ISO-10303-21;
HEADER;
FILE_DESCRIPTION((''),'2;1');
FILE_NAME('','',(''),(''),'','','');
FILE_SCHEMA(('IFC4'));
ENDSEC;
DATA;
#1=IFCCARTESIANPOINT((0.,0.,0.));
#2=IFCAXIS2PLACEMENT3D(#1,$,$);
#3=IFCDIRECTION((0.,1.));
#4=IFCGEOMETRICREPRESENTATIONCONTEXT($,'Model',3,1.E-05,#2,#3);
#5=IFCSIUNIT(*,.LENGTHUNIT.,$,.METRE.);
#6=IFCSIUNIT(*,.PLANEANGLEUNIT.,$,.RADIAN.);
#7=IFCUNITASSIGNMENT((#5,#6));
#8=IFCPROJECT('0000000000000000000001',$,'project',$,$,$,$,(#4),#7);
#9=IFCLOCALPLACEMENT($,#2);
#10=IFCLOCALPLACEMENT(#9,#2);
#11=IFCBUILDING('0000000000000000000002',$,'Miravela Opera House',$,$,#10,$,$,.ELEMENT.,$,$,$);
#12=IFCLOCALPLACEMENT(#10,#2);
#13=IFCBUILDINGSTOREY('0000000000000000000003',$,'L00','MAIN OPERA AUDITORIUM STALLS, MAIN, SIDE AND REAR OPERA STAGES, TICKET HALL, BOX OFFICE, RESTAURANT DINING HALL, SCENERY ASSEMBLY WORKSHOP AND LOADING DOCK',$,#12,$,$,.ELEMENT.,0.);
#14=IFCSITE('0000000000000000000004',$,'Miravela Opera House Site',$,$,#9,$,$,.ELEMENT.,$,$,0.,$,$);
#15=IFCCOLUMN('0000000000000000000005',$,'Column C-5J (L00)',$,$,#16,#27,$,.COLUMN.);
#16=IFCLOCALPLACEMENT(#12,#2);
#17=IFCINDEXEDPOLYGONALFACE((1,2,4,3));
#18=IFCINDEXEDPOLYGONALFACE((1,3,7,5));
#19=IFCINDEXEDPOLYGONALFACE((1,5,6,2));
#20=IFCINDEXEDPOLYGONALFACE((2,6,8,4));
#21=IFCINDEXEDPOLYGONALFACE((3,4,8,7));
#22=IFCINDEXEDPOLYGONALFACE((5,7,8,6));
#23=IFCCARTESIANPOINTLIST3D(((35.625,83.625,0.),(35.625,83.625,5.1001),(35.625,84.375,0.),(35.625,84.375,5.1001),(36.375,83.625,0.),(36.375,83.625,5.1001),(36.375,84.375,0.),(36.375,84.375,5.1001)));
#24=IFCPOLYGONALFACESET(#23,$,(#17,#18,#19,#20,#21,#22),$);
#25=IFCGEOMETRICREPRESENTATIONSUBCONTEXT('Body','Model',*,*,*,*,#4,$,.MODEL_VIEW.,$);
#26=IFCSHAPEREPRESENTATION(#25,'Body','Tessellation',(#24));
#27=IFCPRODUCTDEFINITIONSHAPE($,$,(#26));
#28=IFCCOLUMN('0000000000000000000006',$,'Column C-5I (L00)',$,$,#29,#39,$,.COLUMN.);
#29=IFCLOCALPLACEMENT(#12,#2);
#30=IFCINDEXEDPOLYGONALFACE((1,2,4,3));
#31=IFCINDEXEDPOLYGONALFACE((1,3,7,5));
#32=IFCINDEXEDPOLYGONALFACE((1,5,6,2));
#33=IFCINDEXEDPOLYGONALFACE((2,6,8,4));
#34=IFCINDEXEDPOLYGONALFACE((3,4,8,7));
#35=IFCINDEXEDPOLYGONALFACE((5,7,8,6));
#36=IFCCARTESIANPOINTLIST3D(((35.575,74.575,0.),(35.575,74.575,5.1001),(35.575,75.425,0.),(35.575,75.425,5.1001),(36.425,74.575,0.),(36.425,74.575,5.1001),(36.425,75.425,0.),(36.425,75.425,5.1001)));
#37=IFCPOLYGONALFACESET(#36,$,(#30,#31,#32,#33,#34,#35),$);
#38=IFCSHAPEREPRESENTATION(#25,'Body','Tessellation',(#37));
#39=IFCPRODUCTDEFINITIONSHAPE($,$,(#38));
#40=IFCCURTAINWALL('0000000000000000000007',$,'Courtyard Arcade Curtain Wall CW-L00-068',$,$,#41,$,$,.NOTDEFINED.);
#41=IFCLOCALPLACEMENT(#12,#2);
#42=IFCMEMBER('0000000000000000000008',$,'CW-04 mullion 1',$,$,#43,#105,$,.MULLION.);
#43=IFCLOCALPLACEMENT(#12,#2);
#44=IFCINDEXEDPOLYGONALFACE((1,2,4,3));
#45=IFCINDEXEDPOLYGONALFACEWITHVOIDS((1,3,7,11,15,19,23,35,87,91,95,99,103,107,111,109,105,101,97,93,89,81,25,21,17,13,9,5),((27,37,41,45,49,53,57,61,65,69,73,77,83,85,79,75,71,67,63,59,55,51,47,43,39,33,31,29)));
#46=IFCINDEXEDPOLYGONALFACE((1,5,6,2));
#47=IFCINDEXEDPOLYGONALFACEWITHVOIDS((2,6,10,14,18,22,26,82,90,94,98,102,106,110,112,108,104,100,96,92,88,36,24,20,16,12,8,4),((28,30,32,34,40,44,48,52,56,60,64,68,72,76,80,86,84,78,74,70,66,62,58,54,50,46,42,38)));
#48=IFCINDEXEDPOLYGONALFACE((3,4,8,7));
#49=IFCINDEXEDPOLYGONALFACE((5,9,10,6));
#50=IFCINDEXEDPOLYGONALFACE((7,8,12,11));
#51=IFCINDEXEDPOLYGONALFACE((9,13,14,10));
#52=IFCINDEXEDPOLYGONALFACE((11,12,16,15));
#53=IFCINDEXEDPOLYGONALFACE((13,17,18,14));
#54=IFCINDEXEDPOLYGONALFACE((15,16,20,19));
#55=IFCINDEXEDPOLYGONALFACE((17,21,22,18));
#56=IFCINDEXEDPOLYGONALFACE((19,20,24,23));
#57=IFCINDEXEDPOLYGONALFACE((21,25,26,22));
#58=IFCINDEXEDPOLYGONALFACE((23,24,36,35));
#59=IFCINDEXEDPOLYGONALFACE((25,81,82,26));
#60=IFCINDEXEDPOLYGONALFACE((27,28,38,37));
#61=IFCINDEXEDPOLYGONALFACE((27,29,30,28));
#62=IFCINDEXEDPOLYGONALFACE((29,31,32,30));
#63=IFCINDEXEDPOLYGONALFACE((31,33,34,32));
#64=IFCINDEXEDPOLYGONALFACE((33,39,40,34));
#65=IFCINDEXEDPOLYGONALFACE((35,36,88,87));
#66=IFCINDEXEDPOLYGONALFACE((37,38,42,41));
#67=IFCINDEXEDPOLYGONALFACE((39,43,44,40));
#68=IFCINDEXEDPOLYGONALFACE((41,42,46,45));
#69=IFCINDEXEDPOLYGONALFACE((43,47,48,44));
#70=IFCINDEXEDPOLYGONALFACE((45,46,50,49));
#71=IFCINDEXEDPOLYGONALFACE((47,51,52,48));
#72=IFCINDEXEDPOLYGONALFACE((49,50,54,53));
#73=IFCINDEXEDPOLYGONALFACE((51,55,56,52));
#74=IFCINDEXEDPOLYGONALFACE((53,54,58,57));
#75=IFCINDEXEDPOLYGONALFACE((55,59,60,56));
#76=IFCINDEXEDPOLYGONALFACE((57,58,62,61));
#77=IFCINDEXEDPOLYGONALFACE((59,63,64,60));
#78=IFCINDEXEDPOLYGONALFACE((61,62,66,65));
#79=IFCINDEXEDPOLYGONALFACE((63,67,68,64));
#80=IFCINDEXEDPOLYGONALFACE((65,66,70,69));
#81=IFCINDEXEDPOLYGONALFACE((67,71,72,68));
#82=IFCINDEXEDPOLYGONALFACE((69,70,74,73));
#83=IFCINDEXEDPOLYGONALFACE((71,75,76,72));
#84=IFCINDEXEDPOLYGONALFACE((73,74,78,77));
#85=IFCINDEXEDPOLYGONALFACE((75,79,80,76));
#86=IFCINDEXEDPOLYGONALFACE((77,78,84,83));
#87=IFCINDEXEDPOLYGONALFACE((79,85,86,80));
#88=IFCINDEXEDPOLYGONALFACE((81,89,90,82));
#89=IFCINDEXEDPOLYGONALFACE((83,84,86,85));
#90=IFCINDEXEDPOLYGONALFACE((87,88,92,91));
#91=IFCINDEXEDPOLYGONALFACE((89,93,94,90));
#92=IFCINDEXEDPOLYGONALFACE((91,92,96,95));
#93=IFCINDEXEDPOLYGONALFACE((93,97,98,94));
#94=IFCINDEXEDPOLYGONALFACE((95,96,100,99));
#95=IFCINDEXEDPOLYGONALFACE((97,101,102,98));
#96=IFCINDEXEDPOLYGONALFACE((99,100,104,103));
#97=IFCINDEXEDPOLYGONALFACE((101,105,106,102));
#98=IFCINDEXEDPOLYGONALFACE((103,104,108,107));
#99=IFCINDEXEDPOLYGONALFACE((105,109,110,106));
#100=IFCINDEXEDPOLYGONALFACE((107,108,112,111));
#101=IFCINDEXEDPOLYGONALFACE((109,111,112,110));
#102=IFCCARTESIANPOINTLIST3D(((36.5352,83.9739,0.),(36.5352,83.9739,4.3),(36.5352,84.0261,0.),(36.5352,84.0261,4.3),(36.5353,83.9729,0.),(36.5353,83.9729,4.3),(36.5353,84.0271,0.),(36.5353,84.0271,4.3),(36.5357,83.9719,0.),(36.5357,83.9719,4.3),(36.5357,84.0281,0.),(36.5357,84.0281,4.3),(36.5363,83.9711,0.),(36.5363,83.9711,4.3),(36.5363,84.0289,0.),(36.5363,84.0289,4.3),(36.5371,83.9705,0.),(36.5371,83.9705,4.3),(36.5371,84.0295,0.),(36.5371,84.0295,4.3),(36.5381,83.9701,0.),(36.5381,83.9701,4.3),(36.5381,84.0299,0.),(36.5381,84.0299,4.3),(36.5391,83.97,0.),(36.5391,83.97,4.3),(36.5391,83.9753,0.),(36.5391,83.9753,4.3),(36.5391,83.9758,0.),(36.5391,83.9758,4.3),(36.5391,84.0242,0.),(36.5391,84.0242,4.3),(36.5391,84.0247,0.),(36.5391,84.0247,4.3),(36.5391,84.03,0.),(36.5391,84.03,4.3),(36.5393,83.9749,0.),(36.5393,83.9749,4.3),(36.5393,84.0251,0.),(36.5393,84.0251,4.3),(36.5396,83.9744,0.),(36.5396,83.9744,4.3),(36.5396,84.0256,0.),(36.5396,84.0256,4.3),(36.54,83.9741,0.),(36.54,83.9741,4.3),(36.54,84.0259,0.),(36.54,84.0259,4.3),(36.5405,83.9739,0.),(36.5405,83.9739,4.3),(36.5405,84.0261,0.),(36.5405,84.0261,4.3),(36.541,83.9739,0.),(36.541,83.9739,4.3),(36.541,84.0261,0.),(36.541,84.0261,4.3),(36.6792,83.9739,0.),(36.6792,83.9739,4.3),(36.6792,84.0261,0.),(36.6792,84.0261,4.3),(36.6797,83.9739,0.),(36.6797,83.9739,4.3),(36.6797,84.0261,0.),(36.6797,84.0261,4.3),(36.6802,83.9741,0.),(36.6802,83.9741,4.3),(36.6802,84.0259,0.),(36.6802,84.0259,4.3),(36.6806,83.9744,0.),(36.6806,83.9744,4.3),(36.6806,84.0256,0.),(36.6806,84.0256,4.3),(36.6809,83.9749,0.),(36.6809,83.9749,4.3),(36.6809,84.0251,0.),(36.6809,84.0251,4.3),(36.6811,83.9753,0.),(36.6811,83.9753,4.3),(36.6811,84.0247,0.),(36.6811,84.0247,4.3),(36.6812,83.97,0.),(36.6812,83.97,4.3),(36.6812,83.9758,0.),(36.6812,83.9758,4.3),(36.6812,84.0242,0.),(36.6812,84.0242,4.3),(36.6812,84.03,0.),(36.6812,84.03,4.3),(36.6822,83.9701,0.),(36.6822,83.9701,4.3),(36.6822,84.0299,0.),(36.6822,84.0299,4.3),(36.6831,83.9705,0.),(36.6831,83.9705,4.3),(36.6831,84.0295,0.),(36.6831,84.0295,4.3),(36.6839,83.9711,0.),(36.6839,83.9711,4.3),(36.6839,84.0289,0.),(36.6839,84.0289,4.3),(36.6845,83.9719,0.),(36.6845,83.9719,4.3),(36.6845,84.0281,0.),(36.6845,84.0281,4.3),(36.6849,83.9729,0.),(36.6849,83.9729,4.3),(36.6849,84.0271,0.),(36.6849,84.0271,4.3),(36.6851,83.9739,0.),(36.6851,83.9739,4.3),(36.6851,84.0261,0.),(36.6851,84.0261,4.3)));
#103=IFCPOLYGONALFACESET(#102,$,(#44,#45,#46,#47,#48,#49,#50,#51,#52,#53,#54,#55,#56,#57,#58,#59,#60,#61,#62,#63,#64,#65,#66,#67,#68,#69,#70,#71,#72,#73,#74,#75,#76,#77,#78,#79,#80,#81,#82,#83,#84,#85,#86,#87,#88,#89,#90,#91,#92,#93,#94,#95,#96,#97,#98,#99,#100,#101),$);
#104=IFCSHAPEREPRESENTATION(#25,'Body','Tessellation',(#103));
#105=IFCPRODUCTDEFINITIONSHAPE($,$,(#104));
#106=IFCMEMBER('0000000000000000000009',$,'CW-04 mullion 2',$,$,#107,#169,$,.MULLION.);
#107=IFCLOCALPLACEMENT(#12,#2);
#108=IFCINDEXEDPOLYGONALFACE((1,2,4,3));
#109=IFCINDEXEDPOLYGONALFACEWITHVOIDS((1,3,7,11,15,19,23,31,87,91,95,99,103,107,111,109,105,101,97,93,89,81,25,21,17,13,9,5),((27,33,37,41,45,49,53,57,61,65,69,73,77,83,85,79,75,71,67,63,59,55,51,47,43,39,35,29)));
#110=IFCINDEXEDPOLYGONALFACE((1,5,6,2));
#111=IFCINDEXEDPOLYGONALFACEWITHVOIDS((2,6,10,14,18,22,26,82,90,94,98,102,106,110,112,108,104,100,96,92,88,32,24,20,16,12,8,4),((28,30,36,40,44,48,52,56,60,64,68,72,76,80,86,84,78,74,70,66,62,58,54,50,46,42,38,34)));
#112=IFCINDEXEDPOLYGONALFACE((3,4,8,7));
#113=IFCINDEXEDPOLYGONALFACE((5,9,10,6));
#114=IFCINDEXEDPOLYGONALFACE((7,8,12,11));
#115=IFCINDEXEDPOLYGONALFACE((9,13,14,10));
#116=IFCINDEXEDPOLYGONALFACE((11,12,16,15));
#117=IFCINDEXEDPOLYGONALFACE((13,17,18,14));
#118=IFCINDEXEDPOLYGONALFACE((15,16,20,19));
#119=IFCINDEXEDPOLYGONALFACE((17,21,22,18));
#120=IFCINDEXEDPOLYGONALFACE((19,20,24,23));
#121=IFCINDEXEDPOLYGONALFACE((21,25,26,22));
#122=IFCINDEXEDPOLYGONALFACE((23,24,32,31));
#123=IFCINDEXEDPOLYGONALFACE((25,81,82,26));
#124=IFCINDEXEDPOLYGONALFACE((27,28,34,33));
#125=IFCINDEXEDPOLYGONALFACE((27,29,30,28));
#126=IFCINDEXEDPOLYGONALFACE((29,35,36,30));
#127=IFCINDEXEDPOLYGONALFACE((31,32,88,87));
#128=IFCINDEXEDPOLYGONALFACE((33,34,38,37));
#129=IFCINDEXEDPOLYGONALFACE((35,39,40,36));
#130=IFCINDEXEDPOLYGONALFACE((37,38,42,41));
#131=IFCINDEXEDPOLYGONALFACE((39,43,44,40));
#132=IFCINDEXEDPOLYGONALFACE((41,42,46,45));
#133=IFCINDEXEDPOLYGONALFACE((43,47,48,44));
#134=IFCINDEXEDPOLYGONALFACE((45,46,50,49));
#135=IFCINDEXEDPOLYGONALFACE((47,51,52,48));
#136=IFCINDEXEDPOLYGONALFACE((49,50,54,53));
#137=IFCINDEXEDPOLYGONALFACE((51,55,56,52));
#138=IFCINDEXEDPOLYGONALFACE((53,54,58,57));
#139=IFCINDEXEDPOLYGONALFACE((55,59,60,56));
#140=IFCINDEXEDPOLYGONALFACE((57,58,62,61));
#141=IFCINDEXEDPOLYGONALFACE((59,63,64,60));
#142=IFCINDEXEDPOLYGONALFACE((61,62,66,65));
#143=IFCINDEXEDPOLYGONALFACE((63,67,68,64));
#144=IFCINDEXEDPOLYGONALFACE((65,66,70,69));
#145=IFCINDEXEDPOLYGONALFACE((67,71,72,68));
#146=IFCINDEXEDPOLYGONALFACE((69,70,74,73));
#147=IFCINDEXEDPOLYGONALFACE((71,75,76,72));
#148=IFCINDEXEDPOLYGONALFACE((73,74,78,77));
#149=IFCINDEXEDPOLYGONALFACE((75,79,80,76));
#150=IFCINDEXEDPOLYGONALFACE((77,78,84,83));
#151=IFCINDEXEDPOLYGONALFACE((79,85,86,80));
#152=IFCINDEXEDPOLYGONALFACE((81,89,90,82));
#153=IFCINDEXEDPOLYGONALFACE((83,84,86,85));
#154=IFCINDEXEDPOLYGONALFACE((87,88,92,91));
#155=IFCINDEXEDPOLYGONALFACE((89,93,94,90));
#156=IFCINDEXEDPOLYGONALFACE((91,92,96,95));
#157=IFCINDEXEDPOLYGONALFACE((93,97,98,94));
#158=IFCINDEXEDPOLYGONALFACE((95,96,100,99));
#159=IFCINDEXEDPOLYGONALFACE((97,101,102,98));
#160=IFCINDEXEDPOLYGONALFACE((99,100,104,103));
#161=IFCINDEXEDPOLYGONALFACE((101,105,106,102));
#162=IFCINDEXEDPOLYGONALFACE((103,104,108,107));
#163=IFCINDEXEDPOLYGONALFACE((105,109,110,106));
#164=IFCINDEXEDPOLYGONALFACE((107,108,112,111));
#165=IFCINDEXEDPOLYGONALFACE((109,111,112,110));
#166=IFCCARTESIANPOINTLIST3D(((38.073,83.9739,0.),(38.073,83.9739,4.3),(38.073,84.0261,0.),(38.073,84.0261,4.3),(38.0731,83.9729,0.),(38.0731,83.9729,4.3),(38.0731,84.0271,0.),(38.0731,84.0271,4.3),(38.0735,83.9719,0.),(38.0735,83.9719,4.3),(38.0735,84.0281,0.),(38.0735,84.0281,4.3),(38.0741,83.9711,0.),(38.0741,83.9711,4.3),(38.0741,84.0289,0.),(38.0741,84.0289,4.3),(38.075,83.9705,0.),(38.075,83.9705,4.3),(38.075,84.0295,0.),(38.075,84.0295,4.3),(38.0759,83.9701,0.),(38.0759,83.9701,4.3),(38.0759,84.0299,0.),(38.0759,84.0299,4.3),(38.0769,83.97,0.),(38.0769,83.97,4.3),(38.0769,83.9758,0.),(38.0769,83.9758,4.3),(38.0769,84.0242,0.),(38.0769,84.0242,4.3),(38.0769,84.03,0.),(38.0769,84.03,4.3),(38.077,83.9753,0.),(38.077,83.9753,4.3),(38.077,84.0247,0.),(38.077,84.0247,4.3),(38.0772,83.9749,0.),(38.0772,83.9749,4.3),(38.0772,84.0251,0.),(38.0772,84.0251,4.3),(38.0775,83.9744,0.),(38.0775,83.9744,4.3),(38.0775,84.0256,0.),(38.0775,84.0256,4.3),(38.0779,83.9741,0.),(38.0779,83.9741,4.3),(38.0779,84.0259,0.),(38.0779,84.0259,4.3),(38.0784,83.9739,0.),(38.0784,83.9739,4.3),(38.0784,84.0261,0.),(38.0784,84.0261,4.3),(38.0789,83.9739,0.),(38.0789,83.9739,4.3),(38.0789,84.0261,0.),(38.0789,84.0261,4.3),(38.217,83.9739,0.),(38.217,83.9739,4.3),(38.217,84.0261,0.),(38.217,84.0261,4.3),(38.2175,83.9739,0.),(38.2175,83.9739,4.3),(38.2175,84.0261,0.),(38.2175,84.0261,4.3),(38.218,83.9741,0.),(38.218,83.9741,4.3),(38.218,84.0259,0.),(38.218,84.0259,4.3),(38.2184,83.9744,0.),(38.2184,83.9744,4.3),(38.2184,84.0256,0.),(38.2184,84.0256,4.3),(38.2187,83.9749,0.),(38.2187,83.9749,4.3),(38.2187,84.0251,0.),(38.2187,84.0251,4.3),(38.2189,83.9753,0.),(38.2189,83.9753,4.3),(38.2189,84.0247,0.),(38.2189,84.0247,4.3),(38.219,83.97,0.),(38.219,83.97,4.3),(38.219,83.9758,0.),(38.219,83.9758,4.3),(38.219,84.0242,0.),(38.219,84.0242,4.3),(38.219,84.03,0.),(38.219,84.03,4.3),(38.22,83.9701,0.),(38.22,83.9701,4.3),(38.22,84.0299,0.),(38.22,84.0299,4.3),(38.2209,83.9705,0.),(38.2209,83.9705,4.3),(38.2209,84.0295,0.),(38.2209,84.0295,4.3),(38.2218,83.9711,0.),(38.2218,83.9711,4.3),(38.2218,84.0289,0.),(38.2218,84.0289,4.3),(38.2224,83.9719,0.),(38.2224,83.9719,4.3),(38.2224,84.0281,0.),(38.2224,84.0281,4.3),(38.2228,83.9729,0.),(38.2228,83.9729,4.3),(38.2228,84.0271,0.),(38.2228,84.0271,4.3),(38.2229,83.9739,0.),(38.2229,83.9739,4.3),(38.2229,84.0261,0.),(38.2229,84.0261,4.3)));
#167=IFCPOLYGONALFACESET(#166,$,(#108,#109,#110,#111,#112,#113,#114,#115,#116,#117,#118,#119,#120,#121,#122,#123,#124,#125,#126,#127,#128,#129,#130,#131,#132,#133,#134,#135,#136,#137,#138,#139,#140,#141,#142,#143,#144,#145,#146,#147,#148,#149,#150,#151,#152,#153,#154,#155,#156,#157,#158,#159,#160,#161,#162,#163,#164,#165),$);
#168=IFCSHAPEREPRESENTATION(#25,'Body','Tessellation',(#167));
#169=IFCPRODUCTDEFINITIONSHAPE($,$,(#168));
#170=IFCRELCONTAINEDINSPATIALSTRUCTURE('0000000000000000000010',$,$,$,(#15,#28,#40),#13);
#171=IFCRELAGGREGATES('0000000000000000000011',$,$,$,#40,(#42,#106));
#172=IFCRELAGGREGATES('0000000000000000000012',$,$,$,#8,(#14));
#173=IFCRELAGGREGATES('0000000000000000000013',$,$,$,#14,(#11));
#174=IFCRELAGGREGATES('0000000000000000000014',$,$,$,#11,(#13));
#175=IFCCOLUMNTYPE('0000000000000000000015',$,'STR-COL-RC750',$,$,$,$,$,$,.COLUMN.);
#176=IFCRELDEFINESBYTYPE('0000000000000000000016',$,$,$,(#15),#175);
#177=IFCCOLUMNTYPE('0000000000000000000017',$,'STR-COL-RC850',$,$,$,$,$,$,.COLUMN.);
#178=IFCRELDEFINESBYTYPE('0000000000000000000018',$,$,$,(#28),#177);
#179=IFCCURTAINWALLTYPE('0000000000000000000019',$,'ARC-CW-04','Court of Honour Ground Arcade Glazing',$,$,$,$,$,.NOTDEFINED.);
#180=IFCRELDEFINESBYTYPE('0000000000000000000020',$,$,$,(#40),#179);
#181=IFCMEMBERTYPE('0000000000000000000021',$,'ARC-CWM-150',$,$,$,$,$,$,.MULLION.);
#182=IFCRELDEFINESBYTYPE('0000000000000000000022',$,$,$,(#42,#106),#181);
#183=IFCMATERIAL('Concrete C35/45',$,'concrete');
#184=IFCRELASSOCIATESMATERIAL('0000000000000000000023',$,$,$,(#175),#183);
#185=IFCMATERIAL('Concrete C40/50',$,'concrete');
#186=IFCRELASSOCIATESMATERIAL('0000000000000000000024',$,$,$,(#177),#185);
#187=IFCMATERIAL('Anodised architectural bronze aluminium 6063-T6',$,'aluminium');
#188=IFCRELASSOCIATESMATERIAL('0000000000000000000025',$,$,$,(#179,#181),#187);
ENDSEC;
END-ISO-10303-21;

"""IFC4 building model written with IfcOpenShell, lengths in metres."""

from ifc_helpers import new_model, si_unit, direction, frame, origin, origin_2d, place, context, subcontext, project, spatial, rectangle, hollow_rectangle, extrude, material, material_profile, profile_set, type_object, element, aggregate, save


model = new_model("IFC4")

# Units and contexts
model_context = context("Model", 3, precision=1e-05, world=origin(), true_north=direction((0.0, 1.0)))
body_context = subcontext(model_context, "Body", "Model", "MODEL_VIEW")
ifc_project = project(units=[si_unit("LENGTHUNIT", "METRE"), si_unit("PLANEANGLEUNIT", "RADIAN")], contexts=[model_context])

# Site, building, storey
site_placement = place(None, origin())
site = spatial("IfcSite", under=ifc_project, at=site_placement, Name="Miravela Opera House Site", CompositionType="ELEMENT", RefElevation=0.0)
building_placement = place(site_placement, origin())
building = spatial("IfcBuilding", under=site, at=building_placement, Name="Miravela Opera House", CompositionType="ELEMENT")
storey_placement = place(building_placement, origin())
storey = spatial("IfcBuildingStorey", under=building, at=storey_placement, Name="L00", Description="MAIN OPERA AUDITORIUM STALLS, MAIN, SIDE AND REAR OPERA STAGES, TICKET HALL, BOX OFFICE, RESTAURANT DINING HALL, SCENERY ASSEMBLY WORKSHOP AND LOADING DOCK", CompositionType="ELEMENT", Elevation=0.0)

# Columns
ifc_material_1 = material(Name="Concrete C35/45", Category="concrete")
ifc_material_profile_1 = material_profile(ifc_material_1, rectangle(XDim=0.75, YDim=0.75, at=origin_2d()), Name="RC-COL-750X750")
ifc_profile_set_1 = profile_set([ifc_material_profile_1])
column_type_1 = type_object("IfcColumnType", Name="STR-COL-RC750", PredefinedType="COLUMN", material=ifc_profile_set_1)
column_1_placement = place(storey_placement, frame((36.0, 84.0, 0.0), z_axis=(0.0, 0.0, 1.0), x_axis=(1.0, 0.0, 0.0)))
element("IfcColumn", 1, at=column_1_placement, inside=storey, type_object=column_type_1, Name="Column C-5J (L00)", PredefinedType="COLUMN", context=body_context, shape_type="SweptSolid", body=[
    extrude(rectangle(XDim=0.75, YDim=0.75, at=origin_2d()), origin(), (0.0, 0.0, 1.0), 5.1001),
])
ifc_material_2 = material(Name="Concrete C40/50", Category="concrete")
ifc_material_profile_2 = material_profile(ifc_material_2, rectangle(XDim=0.8501, YDim=0.8501, at=origin_2d()), Name="RC-COL-850X850")
ifc_profile_set_2 = profile_set([ifc_material_profile_2])
column_type_2 = type_object("IfcColumnType", Name="STR-COL-RC850", PredefinedType="COLUMN", material=ifc_profile_set_2)
column_2_placement = place(storey_placement, frame((36.0, 75.0, 0.0), z_axis=(0.0, 0.0, 1.0), x_axis=(1.0, 0.0, 0.0)))
element("IfcColumn", 2, at=column_2_placement, inside=storey, type_object=column_type_2, Name="Column C-5I (L00)", PredefinedType="COLUMN", context=body_context, shape_type="SweptSolid", body=[
    extrude(rectangle(XDim=0.8501, YDim=0.8501, at=origin_2d()), origin(), (0.0, 0.0, 1.0), 5.1001),
])

# Curtain wall, members
ifc_material_3 = material(Name="Anodised architectural bronze aluminium 6063-T6", Category="aluminium")
curtain_wall_type = type_object("IfcCurtainWallType", Name="ARC-CW-04", Description="Court of Honour Ground Arcade Glazing", PredefinedType="NOTDEFINED", material=ifc_material_3)
curtain_wall_placement = place(storey_placement, origin())
curtain_wall = element("IfcCurtainWall", 3, at=curtain_wall_placement, inside=storey, type_object=curtain_wall_type, Name="Courtyard Arcade Curtain Wall CW-L00-068", PredefinedType="NOTDEFINED")
ifc_material_profile_3 = material_profile(ifc_material_3, hollow_rectangle(XDim=0.0601, YDim=0.1499, WallThickness=0.0039, InnerFilletRadius=0.002, OuterFilletRadius=0.0039, at=origin_2d()), Name="CWM-60X150")
ifc_profile_set_3 = profile_set([ifc_material_profile_3])
member_type_1 = type_object("IfcMemberType", Name="ARC-CWM-150", PredefinedType="MULLION", material=ifc_profile_set_3)
member_1_placement = place(storey_placement, frame((36.6101, 84.0, 0.0), z_axis=(0.0, 0.0, 1.0), x_axis=(0.0, 1.0, 0.0)))
member_1 = element("IfcMember", 4, at=member_1_placement, type_object=member_type_1, Name="CW-04 mullion 1", PredefinedType="MULLION", context=body_context, shape_type="SweptSolid", body=[
    extrude(hollow_rectangle(XDim=0.0601, YDim=0.1499, WallThickness=0.0039, InnerFilletRadius=0.002, OuterFilletRadius=0.0039, at=origin_2d()), origin(), (0.0, 0.0, 1.0), 4.3),
])
member_2_placement = place(storey_placement, frame((38.1479, 84.0, 0.0), z_axis=(0.0, 0.0, 1.0), x_axis=(0.0, 1.0, 0.0)))
member_2 = element("IfcMember", 5, at=member_2_placement, type_object=member_type_1, Name="CW-04 mullion 2", PredefinedType="MULLION", context=body_context, shape_type="SweptSolid", body=[
    extrude(hollow_rectangle(XDim=0.0601, YDim=0.1499, WallThickness=0.0039, InnerFilletRadius=0.002, OuterFilletRadius=0.0039, at=origin_2d()), origin(), (0.0, 0.0, 1.0), 4.3),
])

aggregate(curtain_wall, [member_1, member_2])

save(model, "model.ifc")
